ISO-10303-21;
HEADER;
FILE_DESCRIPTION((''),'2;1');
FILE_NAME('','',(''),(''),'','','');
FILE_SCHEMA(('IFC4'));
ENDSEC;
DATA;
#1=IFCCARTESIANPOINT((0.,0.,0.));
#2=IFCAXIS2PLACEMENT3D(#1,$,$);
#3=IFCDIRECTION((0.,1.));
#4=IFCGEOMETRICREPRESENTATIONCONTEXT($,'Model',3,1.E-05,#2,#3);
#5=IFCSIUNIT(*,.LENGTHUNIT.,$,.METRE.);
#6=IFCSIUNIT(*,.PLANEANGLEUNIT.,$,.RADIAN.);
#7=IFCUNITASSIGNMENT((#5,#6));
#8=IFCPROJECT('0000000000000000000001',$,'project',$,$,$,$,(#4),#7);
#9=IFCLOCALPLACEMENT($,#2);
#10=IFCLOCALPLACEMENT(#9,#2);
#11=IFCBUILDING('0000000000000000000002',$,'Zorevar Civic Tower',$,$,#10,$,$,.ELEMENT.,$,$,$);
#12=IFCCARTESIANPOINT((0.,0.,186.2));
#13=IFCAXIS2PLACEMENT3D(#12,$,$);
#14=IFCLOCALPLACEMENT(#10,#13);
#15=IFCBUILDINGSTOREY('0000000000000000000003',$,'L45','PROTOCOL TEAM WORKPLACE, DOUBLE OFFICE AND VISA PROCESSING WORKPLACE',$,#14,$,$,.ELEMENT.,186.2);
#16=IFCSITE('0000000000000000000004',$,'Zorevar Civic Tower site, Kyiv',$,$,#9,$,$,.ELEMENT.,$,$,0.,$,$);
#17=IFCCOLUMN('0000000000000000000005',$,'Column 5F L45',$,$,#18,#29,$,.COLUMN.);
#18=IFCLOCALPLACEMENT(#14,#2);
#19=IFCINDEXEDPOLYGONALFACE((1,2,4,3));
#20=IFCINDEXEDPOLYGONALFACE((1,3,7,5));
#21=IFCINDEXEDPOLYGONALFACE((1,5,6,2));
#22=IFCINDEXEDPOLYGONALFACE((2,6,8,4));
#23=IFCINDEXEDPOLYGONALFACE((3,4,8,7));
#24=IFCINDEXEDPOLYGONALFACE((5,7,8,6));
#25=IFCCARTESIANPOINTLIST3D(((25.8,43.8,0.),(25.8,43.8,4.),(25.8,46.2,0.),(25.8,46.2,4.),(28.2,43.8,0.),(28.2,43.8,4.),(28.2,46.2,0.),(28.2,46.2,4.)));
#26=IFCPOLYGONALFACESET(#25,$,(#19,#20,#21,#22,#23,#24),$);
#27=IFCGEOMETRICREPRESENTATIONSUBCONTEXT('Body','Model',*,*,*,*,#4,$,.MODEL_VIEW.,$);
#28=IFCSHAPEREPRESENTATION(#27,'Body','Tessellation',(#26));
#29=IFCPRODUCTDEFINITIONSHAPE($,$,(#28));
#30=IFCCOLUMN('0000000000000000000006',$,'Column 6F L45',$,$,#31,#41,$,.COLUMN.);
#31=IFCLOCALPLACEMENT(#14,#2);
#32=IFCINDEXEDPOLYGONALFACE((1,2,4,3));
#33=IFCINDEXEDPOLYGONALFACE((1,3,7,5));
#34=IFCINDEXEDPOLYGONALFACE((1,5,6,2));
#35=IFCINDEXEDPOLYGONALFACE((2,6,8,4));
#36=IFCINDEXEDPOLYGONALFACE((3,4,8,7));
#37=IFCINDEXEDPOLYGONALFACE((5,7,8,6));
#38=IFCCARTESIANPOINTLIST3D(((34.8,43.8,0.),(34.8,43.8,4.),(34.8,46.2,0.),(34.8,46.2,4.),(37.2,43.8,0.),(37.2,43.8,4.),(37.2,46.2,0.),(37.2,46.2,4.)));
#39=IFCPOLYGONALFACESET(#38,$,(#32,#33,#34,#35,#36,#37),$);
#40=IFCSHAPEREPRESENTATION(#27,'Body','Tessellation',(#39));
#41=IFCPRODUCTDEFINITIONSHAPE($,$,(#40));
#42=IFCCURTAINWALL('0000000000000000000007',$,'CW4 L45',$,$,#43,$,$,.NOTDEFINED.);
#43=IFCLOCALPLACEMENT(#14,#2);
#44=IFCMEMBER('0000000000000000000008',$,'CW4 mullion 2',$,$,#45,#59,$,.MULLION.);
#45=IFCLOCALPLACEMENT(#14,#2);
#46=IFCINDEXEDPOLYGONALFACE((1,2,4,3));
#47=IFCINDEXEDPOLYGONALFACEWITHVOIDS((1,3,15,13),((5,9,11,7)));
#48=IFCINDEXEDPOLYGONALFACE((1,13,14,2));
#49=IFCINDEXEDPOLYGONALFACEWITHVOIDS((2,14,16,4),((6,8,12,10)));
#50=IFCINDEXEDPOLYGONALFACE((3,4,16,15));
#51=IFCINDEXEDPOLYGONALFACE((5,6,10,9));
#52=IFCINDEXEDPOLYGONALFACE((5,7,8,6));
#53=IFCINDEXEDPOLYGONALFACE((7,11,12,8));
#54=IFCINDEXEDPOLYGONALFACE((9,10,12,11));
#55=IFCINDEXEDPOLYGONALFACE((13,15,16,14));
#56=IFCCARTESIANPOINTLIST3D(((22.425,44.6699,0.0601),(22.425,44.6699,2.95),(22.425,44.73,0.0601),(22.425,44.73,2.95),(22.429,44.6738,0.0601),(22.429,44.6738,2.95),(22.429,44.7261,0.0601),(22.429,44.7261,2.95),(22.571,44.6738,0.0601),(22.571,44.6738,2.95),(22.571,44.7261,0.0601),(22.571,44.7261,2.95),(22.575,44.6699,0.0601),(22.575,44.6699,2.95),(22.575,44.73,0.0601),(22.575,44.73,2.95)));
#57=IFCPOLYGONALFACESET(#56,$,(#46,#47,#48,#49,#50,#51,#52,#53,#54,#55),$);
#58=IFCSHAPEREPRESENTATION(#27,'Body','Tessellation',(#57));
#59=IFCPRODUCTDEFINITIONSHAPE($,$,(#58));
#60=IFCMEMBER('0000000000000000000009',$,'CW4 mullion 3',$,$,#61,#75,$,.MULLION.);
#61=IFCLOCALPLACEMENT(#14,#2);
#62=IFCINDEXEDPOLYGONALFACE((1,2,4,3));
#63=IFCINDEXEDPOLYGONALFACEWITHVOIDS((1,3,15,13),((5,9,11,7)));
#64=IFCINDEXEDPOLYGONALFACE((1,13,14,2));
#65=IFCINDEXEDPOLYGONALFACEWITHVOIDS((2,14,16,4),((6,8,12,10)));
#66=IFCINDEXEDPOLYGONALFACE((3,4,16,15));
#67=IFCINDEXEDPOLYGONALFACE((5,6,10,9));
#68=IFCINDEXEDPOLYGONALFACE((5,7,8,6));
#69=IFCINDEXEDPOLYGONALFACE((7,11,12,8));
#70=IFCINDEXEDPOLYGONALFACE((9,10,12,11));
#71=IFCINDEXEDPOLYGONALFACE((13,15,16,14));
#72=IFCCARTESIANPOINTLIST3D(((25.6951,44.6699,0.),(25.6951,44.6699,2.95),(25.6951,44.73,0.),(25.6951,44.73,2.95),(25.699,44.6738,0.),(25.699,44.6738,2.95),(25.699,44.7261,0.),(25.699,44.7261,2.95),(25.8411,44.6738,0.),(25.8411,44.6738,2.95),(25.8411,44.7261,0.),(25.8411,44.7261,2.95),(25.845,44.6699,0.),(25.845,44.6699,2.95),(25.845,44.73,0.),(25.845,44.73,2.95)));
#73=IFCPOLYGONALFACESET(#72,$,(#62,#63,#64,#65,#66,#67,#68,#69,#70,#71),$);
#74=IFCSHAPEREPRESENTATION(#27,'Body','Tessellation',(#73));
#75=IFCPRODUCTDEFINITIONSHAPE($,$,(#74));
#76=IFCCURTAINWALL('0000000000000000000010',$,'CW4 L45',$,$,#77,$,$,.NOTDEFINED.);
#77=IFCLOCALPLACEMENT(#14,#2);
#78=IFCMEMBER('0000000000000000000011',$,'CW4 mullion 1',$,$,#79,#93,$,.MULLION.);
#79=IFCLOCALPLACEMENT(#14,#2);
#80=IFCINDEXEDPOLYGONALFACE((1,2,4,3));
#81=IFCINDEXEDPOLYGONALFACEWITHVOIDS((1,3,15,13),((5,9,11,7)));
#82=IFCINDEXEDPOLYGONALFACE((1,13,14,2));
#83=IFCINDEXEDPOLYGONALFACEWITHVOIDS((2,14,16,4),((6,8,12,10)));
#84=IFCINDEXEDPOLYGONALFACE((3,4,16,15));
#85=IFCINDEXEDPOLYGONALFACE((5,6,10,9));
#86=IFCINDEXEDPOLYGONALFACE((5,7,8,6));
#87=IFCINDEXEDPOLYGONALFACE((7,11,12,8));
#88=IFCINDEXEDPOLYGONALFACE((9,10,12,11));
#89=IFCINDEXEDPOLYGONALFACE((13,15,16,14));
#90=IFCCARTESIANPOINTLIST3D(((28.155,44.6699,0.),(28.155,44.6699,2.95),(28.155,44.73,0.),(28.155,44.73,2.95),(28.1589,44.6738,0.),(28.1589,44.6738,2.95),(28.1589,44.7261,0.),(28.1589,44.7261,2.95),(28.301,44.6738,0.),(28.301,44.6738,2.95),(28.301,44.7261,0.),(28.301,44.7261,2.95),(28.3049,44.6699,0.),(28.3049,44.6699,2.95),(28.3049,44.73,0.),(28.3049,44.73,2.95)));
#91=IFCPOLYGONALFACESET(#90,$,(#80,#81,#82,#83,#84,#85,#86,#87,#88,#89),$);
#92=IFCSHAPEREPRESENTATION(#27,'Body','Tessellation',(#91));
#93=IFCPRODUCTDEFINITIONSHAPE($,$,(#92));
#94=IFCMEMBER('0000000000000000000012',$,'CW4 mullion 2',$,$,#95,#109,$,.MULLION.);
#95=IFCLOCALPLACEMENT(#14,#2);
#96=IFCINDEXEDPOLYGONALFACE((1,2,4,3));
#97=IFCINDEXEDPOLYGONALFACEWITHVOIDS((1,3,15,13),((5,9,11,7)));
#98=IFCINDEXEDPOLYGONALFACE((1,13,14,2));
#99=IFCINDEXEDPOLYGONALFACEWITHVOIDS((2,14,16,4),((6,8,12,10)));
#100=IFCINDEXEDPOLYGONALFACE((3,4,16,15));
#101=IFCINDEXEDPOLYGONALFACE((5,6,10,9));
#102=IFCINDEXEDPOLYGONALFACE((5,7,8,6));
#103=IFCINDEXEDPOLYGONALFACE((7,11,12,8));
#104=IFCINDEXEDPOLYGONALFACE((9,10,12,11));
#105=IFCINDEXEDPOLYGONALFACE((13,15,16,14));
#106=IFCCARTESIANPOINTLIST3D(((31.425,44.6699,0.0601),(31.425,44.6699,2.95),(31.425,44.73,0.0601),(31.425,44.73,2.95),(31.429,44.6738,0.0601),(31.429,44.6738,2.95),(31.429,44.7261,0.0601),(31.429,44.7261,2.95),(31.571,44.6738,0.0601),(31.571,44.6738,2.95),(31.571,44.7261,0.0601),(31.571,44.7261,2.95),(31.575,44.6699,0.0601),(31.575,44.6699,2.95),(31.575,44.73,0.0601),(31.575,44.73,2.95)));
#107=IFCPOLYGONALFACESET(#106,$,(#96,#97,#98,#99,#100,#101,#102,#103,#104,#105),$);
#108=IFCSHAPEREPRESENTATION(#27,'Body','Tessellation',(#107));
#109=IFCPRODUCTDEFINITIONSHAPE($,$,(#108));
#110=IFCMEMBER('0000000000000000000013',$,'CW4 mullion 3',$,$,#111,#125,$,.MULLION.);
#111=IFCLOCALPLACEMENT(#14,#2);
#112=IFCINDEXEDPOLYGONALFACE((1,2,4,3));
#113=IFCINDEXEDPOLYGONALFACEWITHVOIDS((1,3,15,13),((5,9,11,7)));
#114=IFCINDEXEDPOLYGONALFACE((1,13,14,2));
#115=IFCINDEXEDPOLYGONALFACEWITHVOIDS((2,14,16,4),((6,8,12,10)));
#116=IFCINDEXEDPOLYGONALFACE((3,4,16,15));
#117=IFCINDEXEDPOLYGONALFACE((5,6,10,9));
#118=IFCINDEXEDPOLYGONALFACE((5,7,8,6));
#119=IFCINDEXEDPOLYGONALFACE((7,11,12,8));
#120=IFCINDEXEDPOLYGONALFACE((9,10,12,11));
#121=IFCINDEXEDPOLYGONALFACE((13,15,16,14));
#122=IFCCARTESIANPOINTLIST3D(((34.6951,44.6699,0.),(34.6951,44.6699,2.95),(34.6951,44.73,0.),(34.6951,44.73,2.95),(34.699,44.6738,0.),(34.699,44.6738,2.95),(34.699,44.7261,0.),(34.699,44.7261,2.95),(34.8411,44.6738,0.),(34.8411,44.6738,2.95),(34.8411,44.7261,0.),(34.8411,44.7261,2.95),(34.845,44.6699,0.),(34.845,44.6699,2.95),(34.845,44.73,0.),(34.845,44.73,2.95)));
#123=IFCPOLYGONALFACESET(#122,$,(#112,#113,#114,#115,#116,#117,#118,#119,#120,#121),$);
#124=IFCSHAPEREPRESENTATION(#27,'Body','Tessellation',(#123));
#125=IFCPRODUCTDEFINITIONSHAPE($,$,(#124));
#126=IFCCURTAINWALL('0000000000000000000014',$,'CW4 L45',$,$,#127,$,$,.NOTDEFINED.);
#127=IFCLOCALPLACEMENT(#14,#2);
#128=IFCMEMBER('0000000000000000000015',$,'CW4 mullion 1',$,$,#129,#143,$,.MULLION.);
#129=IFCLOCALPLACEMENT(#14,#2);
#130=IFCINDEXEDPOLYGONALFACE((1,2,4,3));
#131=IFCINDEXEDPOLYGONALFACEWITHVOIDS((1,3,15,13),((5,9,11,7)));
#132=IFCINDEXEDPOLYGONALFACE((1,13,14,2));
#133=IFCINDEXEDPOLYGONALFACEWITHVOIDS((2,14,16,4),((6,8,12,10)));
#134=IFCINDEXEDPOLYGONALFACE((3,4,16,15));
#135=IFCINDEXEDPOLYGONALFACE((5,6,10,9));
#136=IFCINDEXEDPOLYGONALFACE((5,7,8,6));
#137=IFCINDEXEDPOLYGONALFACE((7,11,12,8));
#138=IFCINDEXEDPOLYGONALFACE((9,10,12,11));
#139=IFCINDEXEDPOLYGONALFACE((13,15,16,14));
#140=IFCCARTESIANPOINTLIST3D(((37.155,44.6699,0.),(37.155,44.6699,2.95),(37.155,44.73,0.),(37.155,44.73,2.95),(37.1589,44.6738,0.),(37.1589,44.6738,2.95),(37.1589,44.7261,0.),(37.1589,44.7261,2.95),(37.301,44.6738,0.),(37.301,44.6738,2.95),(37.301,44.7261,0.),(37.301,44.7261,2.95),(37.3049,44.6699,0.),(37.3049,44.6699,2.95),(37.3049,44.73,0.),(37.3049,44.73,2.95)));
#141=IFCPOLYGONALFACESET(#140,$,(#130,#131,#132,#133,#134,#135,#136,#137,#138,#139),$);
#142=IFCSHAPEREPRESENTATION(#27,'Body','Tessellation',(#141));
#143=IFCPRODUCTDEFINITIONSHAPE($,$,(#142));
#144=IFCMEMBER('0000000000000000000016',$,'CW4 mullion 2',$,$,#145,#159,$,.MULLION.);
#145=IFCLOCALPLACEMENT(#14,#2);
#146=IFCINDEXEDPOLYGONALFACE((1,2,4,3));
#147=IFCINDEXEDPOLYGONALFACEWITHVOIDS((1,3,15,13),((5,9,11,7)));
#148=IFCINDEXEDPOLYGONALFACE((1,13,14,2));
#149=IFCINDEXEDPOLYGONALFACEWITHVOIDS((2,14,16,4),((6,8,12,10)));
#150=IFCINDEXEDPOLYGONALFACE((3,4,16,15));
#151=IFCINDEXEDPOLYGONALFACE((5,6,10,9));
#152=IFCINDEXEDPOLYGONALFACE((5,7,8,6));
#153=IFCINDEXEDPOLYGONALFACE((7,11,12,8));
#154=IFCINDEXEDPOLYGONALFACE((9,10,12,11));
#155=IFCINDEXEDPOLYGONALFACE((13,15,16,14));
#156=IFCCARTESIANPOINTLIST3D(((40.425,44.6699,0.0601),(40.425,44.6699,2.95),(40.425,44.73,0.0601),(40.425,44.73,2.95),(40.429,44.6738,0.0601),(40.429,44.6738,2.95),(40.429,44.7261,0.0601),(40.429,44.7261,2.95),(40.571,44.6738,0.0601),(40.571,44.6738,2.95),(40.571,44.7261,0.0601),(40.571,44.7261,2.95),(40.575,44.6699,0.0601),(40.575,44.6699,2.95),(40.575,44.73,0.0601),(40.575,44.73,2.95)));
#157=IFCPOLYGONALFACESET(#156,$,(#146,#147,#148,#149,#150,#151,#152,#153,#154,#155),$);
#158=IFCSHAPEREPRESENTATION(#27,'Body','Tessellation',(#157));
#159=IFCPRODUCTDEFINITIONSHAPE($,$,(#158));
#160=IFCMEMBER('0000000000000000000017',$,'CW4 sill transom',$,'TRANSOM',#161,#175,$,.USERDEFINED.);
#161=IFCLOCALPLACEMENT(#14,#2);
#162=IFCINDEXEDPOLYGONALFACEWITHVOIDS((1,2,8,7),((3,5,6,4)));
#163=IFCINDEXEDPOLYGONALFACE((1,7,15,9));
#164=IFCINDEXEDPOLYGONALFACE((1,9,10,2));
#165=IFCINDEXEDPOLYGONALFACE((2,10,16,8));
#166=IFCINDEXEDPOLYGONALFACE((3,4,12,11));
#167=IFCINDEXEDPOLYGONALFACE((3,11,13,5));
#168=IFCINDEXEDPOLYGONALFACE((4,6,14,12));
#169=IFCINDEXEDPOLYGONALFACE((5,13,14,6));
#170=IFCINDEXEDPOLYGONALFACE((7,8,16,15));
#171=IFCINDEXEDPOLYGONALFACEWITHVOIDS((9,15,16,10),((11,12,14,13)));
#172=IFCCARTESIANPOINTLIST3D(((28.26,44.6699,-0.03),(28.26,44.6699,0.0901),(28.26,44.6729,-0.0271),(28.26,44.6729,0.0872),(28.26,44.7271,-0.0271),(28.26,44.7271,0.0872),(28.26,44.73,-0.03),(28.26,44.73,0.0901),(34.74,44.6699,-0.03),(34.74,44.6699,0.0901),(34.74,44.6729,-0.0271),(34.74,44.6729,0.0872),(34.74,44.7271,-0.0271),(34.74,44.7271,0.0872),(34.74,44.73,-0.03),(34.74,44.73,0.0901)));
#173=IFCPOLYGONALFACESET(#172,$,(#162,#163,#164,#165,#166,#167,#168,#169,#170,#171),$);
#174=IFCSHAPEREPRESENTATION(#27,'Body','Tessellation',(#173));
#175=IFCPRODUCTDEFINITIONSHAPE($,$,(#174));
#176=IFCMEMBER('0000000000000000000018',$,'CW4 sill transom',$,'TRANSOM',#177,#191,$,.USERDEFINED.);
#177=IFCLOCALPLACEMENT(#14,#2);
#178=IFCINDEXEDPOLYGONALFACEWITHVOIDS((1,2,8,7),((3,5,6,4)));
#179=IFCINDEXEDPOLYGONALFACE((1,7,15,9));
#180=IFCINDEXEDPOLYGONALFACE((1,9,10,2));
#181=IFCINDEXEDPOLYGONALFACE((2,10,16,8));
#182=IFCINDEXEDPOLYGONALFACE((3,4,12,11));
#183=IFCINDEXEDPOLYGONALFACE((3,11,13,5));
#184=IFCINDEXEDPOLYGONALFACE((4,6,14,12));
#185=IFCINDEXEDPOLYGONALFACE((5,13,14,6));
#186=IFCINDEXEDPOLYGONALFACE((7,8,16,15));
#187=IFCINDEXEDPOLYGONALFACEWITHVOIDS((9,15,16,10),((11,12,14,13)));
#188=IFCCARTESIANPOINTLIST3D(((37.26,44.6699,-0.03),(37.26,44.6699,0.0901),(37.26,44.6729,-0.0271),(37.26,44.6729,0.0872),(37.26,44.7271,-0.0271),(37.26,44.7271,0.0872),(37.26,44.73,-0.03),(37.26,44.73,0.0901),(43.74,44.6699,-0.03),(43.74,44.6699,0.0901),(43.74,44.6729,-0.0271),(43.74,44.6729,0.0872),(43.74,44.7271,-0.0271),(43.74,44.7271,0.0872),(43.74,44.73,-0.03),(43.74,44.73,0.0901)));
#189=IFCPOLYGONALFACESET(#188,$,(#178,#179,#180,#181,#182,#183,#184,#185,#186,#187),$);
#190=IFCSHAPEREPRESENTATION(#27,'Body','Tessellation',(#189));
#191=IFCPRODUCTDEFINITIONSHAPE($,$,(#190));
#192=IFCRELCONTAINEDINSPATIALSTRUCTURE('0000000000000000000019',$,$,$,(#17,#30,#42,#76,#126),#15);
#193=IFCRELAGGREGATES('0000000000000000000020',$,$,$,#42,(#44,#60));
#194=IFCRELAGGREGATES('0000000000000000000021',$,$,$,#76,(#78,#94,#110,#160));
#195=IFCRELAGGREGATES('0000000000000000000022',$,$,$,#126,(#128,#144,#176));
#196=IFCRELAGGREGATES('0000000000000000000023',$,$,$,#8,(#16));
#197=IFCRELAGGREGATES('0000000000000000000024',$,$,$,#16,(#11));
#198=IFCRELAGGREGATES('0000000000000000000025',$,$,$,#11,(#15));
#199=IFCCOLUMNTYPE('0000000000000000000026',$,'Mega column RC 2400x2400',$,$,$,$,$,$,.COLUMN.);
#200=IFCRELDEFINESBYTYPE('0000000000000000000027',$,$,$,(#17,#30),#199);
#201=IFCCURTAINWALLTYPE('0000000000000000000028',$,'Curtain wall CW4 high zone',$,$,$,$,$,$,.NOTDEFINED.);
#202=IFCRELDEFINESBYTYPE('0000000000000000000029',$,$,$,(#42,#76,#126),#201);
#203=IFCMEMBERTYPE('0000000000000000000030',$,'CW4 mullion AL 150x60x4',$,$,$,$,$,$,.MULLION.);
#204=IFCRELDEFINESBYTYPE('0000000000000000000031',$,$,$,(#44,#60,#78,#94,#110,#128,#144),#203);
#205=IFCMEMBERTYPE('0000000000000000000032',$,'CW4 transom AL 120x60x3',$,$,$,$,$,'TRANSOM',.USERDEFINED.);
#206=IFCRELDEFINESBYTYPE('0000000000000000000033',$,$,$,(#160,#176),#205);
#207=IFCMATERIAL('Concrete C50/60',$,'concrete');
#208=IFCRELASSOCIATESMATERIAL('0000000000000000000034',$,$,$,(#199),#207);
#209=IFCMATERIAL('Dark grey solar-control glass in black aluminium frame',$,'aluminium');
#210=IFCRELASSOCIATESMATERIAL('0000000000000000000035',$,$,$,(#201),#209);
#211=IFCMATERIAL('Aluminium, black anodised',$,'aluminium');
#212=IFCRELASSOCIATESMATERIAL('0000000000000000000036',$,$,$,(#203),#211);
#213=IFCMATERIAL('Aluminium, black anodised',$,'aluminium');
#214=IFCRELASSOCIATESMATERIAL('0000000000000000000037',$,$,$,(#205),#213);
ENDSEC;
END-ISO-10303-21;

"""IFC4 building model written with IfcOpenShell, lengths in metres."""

from ifc_helpers import new_model, si_unit, direction, frame, origin, origin_2d, place, context, subcontext, project, spatial, rectangle, hollow_rectangle, extrude, material, material_profile, profile_set, type_object, element, aggregate, save


model = new_model("IFC4")

# Units and contexts
model_context = context("Model", 3, precision=1e-05, world=origin(), true_north=direction((0.0, 1.0)))
body_context = subcontext(model_context, "Body", "Model", "MODEL_VIEW")
ifc_project = project(units=[si_unit("LENGTHUNIT", "METRE"), si_unit("PLANEANGLEUNIT", "RADIAN")], contexts=[model_context])

# Site, building, storey
site_placement = place(None, origin())
site = spatial("IfcSite", under=ifc_project, at=site_placement, Name="Zorevar Civic Tower site, Kyiv", CompositionType="ELEMENT", RefElevation=0.0)
building_placement = place(site_placement, origin())
building = spatial("IfcBuilding", under=site, at=building_placement, Name="Zorevar Civic Tower", CompositionType="ELEMENT")
storey_placement = place(building_placement, frame((0.0, 0.0, 186.2)))
storey = spatial("IfcBuildingStorey", under=building, at=storey_placement, Name="L45", Description="PROTOCOL TEAM WORKPLACE, DOUBLE OFFICE AND VISA PROCESSING WORKPLACE", CompositionType="ELEMENT", Elevation=186.2)

# Columns
ifc_material_1 = material(Name="Concrete C50/60", Category="concrete")
ifc_material_profile_1 = material_profile(ifc_material_1, rectangle(XDim=2.3999, YDim=2.3999, at=origin_2d()), Name="RC 2400x2400")
ifc_profile_set_1 = profile_set([ifc_material_profile_1], Name="Concrete C50/60")
column_type = type_object("IfcColumnType", Name="Mega column RC 2400x2400", PredefinedType="COLUMN", material=ifc_profile_set_1)
for number, where, z_axis, x_axis, name in (
    (1, (27.0, 45.0, 0.0), (0.0, 0.0, 1.0), (1.0, 0.0, 0.0), "Column 5F L45"),
    (2, (36.0, 45.0, 0.0), (0.0, 0.0, 1.0), (1.0, 0.0, 0.0), "Column 6F L45"),
):
    element("IfcColumn", number, at=place(storey_placement, frame(where, z_axis=z_axis, x_axis=x_axis)), inside=storey, type_object=column_type, Name=name, PredefinedType="COLUMN", context=body_context, shape_type="SweptSolid", body=[
        extrude(rectangle(XDim=2.3999, YDim=2.3999, at=origin_2d()), origin(), (0.0, 0.0, 1.0), 4.0),
    ])

# Curtain walls, members
ifc_material_2 = material(Name="Dark grey solar-control glass in black aluminium frame", Category="aluminium")
curtain_wall_type = type_object("IfcCurtainWallType", Name="Curtain wall CW4 high zone", PredefinedType="NOTDEFINED", material=ifc_material_2)
curtain_wall_1_placement = place(storey_placement, origin())
curtain_wall_1 = element("IfcCurtainWall", 3, at=curtain_wall_1_placement, inside=storey, type_object=curtain_wall_type, Name="CW4 L45", PredefinedType="NOTDEFINED")
ifc_material_3 = material(Name="Aluminium, black anodised", Category="aluminium")
ifc_material_profile_2 = material_profile(ifc_material_3, hollow_rectangle(XDim=0.0601, YDim=0.1499, WallThickness=0.0039, at=origin_2d()), Name="AL 150x60x4")
ifc_profile_set_2 = profile_set([ifc_material_profile_2], Name="Aluminium, black anodised")
member_type_1 = type_object("IfcMemberType", Name="CW4 mullion AL 150x60x4", PredefinedType="MULLION", material=ifc_profile_set_2)
member_1_placement = place(storey_placement, frame((22.5, 44.7, 0.0601), z_axis=(0.0, 0.0, 1.0), x_axis=(0.0, 1.0, 0.0)))
member_1 = element("IfcMember", 4, at=member_1_placement, type_object=member_type_1, Name="CW4 mullion 2", PredefinedType="MULLION", context=body_context, shape_type="SweptSolid", body=[
    extrude(hollow_rectangle(XDim=0.0601, YDim=0.1499, WallThickness=0.0039, at=origin_2d()), origin(), (0.0, 0.0, 1.0), 2.8899),
])
member_2_placement = place(storey_placement, frame((25.77, 44.7, 0.0), z_axis=(0.0, 0.0, 1.0), x_axis=(0.0, 1.0, 0.0)))
member_2 = element("IfcMember", 5, at=member_2_placement, type_object=member_type_1, Name="CW4 mullion 3", PredefinedType="MULLION", context=body_context, shape_type="SweptSolid", body=[
    extrude(hollow_rectangle(XDim=0.0601, YDim=0.1499, WallThickness=0.0039, at=origin_2d()), origin(), (0.0, 0.0, 1.0), 2.95),
])
curtain_wall_2_placement = place(storey_placement, origin())
curtain_wall_2 = element("IfcCurtainWall", 6, at=curtain_wall_2_placement, inside=storey, type_object=curtain_wall_type, Name="CW4 L45", PredefinedType="NOTDEFINED")
member_3_placement = place(storey_placement, frame((28.23, 44.7, 0.0), z_axis=(0.0, 0.0, 1.0), x_axis=(0.0, 1.0, 0.0)))
member_3 = element("IfcMember", 7, at=member_3_placement, type_object=member_type_1, Name="CW4 mullion 1", PredefinedType="MULLION", context=body_context, shape_type="SweptSolid", body=[
    extrude(hollow_rectangle(XDim=0.0601, YDim=0.1499, WallThickness=0.0039, at=origin_2d()), origin(), (0.0, 0.0, 1.0), 2.95),
])
member_4_placement = place(storey_placement, frame((31.5, 44.7, 0.0601), z_axis=(0.0, 0.0, 1.0), x_axis=(0.0, 1.0, 0.0)))
member_4 = element("IfcMember", 8, at=member_4_placement, type_object=member_type_1, Name="CW4 mullion 2", PredefinedType="MULLION", context=body_context, shape_type="SweptSolid", body=[
    extrude(hollow_rectangle(XDim=0.0601, YDim=0.1499, WallThickness=0.0039, at=origin_2d()), origin(), (0.0, 0.0, 1.0), 2.8899),
])
member_5_placement = place(storey_placement, frame((34.77, 44.7, 0.0), z_axis=(0.0, 0.0, 1.0), x_axis=(0.0, 1.0, 0.0)))
member_5 = element("IfcMember", 9, at=member_5_placement, type_object=member_type_1, Name="CW4 mullion 3", PredefinedType="MULLION", context=body_context, shape_type="SweptSolid", body=[
    extrude(hollow_rectangle(XDim=0.0601, YDim=0.1499, WallThickness=0.0039, at=origin_2d()), origin(), (0.0, 0.0, 1.0), 2.95),
])
curtain_wall_3_placement = place(storey_placement, origin())
curtain_wall_3 = element("IfcCurtainWall", 10, at=curtain_wall_3_placement, inside=storey, type_object=curtain_wall_type, Name="CW4 L45", PredefinedType="NOTDEFINED")
member_6_placement = place(storey_placement, frame((37.23, 44.7, 0.0), z_axis=(0.0, 0.0, 1.0), x_axis=(0.0, 1.0, 0.0)))
member_6 = element("IfcMember", 11, at=member_6_placement, type_object=member_type_1, Name="CW4 mullion 1", PredefinedType="MULLION", context=body_context, shape_type="SweptSolid", body=[
    extrude(hollow_rectangle(XDim=0.0601, YDim=0.1499, WallThickness=0.0039, at=origin_2d()), origin(), (0.0, 0.0, 1.0), 2.95),
])
member_7_placement = place(storey_placement, frame((40.5, 44.7, 0.0601), z_axis=(0.0, 0.0, 1.0), x_axis=(0.0, 1.0, 0.0)))
member_7 = element("IfcMember", 12, at=member_7_placement, type_object=member_type_1, Name="CW4 mullion 2", PredefinedType="MULLION", context=body_context, shape_type="SweptSolid", body=[
    extrude(hollow_rectangle(XDim=0.0601, YDim=0.1499, WallThickness=0.0039, at=origin_2d()), origin(), (0.0, 0.0, 1.0), 2.8899),
])

# Members
ifc_material_4 = material(Name="Aluminium, black anodised", Category="aluminium")
ifc_material_profile_3 = material_profile(ifc_material_4, hollow_rectangle(XDim=0.0601, YDim=0.1201, WallThickness=0.0029, at=origin_2d()), Name="AL 120x60x3")
ifc_profile_set_3 = profile_set([ifc_material_profile_3], Name="Aluminium, black anodised")
member_type_2 = type_object("IfcMemberType", Name="CW4 transom AL 120x60x3", ElementType="TRANSOM", PredefinedType="USERDEFINED", material=ifc_profile_set_3)
member_8_placement = place(storey_placement, frame((28.26, 44.7, 0.03), z_axis=(1.0, 0.0, 0.0), x_axis=(0.0, 1.0, 0.0)))
member_8 = element("IfcMember", 13, at=member_8_placement, type_object=member_type_2, Name="CW4 sill transom", ObjectType="TRANSOM", PredefinedType="USERDEFINED", context=body_context, shape_type="SweptSolid", body=[
    extrude(hollow_rectangle(XDim=0.0601, YDim=0.1201, WallThickness=0.0029, at=origin_2d()), origin(), (0.0, 0.0, 1.0), 6.48),
])
member_9_placement = place(storey_placement, frame((37.26, 44.7, 0.03), z_axis=(1.0, 0.0, 0.0), x_axis=(0.0, 1.0, 0.0)))
member_9 = element("IfcMember", 14, at=member_9_placement, type_object=member_type_2, Name="CW4 sill transom", ObjectType="TRANSOM", PredefinedType="USERDEFINED", context=body_context, shape_type="SweptSolid", body=[
    extrude(hollow_rectangle(XDim=0.0601, YDim=0.1201, WallThickness=0.0029, at=origin_2d()), origin(), (0.0, 0.0, 1.0), 6.48),
])

aggregate(curtain_wall_1, [member_1, member_2])
aggregate(curtain_wall_2, [member_3, member_4, member_5, member_8])
aggregate(curtain_wall_3, [member_6, member_7, member_9])

save(model, "model.ifc")
